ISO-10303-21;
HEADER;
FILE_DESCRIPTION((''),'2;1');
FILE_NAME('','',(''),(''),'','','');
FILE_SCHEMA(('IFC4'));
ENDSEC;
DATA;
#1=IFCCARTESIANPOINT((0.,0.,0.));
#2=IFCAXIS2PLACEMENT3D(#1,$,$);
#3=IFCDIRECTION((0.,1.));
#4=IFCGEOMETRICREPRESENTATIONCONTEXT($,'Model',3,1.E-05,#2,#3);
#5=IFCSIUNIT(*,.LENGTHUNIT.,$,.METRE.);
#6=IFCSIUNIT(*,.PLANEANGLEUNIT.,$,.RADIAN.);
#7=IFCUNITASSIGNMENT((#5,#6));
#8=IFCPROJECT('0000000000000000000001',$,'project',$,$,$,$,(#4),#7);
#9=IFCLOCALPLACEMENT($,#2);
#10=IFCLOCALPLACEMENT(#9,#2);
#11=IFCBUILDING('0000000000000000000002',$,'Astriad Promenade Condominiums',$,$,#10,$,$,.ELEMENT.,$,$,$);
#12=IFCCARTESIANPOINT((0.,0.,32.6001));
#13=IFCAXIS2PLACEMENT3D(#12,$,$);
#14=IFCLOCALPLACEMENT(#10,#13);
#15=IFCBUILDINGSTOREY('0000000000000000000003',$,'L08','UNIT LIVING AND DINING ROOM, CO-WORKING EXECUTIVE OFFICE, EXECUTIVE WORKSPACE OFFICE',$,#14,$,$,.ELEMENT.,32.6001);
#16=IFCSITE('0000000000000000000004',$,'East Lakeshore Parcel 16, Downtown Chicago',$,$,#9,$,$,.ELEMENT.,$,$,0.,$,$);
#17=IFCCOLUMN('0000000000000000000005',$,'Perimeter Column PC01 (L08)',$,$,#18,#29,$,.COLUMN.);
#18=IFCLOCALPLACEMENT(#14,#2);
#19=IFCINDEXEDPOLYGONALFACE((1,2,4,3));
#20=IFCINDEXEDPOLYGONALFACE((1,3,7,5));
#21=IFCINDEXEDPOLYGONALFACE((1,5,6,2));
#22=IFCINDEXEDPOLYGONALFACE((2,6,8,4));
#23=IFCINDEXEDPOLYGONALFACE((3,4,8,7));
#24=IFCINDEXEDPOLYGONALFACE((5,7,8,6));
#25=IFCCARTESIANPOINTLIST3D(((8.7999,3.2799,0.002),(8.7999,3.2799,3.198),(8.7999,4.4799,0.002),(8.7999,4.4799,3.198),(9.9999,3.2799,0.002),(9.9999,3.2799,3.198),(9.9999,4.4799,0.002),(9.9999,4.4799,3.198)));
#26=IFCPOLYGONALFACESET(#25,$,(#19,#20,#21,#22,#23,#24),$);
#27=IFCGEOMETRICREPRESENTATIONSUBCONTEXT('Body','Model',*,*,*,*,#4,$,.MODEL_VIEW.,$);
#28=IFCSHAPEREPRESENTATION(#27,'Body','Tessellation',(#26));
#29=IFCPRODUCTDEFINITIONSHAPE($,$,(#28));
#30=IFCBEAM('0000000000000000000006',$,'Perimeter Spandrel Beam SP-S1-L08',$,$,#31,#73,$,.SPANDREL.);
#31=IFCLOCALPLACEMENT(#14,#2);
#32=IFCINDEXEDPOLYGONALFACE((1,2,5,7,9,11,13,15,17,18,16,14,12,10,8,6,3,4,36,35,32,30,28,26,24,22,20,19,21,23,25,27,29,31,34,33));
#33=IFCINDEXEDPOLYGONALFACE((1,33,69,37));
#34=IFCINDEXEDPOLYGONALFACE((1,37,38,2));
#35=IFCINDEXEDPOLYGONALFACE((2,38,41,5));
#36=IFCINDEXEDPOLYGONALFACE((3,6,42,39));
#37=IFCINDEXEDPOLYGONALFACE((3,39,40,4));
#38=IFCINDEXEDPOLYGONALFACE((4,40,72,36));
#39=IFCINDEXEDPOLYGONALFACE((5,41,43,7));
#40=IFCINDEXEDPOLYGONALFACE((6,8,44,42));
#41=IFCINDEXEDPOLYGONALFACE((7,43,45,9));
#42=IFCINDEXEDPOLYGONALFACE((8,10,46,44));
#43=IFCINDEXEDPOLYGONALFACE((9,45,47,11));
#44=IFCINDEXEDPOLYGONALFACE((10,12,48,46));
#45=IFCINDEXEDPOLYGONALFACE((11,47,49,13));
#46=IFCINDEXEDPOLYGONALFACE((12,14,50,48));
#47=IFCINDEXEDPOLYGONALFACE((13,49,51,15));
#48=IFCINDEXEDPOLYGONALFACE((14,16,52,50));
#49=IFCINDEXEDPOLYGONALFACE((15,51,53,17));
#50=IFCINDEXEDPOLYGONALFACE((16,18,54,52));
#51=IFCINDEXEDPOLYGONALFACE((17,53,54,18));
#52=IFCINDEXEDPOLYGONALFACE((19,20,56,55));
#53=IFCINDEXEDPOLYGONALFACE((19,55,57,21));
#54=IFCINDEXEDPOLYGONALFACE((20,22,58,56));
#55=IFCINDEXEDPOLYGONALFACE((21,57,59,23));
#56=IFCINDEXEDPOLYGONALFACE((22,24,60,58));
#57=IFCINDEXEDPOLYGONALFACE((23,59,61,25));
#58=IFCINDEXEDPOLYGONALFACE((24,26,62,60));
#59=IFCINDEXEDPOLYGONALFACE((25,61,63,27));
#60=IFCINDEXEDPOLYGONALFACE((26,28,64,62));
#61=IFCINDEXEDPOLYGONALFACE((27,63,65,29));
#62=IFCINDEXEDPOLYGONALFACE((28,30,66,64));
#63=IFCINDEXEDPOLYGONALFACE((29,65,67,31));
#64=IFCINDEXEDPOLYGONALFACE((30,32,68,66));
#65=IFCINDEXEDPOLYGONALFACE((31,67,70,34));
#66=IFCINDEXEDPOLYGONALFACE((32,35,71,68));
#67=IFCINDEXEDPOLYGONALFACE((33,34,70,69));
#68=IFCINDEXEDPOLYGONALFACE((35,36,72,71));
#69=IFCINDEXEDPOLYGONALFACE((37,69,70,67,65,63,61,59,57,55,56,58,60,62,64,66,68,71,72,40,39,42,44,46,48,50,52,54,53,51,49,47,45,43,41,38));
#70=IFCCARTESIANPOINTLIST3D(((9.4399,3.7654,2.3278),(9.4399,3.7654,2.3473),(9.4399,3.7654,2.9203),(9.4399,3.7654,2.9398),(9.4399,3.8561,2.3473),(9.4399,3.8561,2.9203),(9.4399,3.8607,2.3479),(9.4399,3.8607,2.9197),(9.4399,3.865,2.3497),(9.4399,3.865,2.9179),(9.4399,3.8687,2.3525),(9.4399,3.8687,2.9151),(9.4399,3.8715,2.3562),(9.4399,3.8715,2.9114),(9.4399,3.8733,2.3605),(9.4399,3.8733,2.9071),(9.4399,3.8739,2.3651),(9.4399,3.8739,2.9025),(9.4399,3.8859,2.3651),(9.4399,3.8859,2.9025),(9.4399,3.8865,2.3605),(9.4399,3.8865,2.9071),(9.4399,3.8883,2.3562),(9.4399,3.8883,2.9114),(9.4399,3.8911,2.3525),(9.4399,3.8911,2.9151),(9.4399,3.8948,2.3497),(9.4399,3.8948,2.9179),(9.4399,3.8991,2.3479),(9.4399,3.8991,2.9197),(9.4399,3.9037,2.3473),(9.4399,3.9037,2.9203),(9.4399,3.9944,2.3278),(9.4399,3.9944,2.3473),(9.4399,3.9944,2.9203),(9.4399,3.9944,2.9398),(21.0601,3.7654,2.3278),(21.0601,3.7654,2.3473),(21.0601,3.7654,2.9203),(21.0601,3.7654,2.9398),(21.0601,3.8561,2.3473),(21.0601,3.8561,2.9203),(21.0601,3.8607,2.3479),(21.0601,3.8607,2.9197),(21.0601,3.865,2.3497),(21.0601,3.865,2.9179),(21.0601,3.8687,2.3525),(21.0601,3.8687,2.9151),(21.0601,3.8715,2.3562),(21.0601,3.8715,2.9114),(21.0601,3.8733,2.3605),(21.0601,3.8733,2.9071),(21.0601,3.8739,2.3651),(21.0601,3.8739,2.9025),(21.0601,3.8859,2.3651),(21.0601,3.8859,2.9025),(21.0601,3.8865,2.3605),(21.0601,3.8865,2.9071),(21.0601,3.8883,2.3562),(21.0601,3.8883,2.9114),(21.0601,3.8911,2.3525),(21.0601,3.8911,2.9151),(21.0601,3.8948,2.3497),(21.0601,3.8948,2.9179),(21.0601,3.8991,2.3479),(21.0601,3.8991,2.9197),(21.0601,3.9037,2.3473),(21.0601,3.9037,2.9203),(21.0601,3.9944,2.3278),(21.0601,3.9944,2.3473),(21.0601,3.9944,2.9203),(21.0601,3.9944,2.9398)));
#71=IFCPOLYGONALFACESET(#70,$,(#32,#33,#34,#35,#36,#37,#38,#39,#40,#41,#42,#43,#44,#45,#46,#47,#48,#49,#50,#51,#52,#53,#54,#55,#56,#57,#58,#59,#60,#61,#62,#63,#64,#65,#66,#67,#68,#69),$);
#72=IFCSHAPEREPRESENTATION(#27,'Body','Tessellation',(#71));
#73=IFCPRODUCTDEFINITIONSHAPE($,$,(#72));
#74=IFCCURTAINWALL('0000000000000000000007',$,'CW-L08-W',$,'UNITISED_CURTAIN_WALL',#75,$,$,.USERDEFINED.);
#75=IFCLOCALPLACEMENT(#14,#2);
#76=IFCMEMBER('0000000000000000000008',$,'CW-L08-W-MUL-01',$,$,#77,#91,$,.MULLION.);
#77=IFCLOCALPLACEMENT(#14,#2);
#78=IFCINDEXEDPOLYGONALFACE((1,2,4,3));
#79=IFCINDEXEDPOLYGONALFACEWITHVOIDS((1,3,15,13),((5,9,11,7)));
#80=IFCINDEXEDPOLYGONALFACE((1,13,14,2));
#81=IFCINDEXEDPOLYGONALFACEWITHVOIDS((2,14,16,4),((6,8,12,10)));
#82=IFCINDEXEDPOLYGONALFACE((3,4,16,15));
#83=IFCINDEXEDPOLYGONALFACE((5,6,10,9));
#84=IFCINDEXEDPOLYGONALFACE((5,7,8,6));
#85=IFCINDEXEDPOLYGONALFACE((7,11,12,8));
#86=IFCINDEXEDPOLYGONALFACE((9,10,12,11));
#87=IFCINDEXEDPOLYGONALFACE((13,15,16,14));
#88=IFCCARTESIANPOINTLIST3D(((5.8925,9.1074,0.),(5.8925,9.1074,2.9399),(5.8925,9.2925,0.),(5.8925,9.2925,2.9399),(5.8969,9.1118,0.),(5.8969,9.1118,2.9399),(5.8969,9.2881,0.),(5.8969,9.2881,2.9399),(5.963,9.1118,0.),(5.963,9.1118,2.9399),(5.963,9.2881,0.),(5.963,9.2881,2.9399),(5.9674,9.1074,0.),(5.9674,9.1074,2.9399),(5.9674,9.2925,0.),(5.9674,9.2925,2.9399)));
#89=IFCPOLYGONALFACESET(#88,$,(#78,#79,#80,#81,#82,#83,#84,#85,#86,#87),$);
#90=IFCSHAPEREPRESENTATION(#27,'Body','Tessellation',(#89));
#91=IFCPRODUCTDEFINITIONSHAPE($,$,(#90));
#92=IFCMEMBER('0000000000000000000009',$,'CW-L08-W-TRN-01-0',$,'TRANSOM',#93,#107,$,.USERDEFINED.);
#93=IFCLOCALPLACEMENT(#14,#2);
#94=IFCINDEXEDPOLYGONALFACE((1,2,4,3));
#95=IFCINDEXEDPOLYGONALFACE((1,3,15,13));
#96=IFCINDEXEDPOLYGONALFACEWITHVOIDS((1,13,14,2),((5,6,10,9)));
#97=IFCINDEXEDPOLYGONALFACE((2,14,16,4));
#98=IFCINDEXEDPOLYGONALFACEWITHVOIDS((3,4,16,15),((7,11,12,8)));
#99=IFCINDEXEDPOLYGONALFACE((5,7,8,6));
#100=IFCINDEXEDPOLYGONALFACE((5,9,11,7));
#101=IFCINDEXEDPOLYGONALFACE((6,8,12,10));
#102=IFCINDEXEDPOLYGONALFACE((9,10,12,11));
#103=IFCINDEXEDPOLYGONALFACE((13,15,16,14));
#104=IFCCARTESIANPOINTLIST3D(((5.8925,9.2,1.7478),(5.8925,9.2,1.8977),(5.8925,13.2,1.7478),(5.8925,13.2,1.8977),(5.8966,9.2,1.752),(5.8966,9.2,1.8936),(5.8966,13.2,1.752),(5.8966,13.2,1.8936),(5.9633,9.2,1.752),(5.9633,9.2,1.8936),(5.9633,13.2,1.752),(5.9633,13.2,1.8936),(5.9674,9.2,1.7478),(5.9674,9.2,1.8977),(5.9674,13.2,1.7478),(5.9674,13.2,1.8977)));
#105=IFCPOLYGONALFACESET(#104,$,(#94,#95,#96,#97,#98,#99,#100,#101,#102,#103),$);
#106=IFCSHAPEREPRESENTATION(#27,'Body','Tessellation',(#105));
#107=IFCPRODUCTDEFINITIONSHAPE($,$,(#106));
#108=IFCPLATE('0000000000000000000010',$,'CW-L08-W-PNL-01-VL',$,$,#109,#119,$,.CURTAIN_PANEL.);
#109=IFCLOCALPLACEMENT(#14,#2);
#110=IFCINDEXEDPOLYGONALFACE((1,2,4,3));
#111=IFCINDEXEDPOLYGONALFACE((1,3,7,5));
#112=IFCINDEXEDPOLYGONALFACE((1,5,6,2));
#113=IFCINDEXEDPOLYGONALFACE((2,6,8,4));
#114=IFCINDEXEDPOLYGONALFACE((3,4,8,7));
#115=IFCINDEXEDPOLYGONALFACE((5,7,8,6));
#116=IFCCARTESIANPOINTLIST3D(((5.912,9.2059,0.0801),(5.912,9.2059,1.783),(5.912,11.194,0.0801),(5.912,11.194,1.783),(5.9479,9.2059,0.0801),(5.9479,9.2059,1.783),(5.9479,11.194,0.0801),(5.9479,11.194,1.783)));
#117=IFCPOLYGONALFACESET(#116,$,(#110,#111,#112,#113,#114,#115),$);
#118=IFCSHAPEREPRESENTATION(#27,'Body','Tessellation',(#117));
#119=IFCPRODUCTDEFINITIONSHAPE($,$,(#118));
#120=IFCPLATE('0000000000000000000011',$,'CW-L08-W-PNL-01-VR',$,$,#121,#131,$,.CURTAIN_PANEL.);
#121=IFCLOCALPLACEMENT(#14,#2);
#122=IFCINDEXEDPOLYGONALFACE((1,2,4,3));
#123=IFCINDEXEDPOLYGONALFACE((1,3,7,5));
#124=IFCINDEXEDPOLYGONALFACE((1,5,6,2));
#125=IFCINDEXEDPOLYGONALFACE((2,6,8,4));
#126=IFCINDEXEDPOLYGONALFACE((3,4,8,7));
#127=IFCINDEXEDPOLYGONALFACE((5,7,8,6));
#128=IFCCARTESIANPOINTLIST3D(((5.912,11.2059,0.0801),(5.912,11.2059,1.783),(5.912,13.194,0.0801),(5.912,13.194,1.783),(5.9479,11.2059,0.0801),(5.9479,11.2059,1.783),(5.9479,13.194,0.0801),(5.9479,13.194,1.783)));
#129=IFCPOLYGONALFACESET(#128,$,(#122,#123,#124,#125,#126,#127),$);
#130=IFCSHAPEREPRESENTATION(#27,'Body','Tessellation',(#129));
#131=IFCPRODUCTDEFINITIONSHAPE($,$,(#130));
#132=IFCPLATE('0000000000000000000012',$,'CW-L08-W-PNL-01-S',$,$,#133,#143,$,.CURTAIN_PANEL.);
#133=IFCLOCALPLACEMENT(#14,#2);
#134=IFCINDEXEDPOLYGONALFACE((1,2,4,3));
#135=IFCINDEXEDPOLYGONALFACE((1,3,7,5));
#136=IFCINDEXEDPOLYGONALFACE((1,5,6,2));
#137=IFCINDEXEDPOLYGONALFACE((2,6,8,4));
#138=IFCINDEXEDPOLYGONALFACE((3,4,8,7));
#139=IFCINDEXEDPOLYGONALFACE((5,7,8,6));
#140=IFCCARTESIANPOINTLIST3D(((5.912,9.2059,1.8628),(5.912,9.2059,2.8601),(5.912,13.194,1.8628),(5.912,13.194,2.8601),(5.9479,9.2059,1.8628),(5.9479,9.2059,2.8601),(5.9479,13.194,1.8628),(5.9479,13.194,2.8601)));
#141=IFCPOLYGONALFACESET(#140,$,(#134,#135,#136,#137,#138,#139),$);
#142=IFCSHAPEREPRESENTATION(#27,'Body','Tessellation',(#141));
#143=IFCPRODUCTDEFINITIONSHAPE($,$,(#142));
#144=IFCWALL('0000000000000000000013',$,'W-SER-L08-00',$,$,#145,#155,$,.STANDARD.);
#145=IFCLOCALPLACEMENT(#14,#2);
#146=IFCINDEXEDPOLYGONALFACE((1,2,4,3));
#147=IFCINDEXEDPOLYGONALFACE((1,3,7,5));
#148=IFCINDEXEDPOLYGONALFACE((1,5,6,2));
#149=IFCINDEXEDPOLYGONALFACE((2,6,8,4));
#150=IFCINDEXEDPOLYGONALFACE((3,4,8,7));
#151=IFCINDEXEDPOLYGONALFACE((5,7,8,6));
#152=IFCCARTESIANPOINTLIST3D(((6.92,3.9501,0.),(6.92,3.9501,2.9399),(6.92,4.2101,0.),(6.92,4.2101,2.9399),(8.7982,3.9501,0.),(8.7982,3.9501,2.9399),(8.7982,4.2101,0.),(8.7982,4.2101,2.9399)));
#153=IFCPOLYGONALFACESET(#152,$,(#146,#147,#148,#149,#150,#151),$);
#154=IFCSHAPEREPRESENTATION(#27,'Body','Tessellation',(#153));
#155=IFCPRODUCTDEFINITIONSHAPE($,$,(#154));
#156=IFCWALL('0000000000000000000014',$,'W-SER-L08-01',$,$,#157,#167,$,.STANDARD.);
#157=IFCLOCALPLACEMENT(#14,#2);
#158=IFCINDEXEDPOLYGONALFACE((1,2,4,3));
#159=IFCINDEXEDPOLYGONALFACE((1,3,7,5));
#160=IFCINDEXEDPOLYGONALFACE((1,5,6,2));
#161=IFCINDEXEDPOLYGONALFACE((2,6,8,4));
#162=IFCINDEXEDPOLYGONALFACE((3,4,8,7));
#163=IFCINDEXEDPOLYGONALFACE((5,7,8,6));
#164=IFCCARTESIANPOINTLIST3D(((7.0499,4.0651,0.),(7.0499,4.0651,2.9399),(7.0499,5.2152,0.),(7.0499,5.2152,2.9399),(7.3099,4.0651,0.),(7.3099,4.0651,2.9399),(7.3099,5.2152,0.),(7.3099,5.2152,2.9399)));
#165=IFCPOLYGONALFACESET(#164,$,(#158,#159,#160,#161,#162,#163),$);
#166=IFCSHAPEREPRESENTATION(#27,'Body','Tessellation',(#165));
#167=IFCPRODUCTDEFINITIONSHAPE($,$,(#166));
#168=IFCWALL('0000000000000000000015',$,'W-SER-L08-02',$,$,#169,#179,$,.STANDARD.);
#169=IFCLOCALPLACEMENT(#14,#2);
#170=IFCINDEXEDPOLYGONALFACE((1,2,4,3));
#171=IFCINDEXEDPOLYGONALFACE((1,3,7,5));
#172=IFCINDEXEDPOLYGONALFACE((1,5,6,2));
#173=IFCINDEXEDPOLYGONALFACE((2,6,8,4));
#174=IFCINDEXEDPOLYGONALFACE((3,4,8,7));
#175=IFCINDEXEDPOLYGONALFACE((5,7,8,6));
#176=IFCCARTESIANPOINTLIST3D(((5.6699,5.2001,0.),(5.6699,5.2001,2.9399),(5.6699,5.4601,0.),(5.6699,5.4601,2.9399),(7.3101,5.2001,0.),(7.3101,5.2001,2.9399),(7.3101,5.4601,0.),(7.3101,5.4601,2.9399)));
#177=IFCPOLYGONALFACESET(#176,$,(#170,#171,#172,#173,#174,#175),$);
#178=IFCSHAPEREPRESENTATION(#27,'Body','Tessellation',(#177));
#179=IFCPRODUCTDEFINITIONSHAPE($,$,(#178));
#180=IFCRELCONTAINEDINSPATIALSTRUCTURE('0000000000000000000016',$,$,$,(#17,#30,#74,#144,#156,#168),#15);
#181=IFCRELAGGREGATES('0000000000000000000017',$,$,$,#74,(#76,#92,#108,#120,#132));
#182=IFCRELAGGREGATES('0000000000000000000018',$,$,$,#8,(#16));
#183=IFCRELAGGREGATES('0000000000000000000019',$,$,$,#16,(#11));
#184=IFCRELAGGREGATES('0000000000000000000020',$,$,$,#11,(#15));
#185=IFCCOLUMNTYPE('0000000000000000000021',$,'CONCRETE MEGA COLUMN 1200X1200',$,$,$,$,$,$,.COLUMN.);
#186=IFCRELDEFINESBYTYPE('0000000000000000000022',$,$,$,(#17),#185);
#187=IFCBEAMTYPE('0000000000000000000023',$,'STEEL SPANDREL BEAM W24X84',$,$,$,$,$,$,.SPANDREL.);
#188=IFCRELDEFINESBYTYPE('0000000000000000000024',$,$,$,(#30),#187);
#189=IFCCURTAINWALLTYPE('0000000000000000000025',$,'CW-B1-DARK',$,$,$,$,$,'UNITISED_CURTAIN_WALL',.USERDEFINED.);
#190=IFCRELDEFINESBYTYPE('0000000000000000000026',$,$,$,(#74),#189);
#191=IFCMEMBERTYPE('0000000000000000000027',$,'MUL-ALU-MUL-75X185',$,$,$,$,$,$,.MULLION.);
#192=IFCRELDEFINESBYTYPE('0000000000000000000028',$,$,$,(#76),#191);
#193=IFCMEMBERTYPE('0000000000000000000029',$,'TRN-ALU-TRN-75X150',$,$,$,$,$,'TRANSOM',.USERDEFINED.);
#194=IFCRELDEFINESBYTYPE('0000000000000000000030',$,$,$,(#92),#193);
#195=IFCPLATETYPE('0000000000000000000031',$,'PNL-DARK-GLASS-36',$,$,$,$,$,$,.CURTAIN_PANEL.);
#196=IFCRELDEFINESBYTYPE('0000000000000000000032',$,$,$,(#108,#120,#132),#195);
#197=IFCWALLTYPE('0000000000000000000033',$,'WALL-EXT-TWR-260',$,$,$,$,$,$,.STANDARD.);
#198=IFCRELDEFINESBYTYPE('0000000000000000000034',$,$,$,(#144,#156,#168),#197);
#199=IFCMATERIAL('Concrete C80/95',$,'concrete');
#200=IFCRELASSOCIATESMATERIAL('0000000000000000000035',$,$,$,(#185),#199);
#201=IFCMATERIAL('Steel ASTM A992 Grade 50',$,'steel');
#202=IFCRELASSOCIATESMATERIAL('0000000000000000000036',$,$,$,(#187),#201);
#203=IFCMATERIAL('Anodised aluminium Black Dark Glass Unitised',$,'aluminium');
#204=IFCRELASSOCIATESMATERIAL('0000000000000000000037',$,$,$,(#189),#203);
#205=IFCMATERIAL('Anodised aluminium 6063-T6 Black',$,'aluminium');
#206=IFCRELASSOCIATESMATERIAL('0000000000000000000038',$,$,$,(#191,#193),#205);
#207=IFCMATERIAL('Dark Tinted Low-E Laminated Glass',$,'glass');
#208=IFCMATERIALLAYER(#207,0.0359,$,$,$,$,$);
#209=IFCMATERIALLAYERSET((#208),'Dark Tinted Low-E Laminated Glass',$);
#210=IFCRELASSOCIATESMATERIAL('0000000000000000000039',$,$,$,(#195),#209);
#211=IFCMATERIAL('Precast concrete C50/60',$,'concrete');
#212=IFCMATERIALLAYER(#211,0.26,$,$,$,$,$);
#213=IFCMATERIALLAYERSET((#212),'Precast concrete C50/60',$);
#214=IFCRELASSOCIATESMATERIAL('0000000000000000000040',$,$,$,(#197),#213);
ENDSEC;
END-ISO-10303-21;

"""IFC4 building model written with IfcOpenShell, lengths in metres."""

from ifc_helpers import new_model, si_unit, direction, frame, frame_2d, origin, origin_2d, place, context, subcontext, project, spatial, rectangle, hollow_rectangle, i_section, extrude, source, transform, mapped, material, layer, layer_set, material_profile, profile_set, type_object, type_shapes, element, aggregate, save


model = new_model("IFC4")

# Units and contexts
model_context = context("Model", 3, precision=1e-05, world=origin(), true_north=direction((0.0, 1.0)))
body_context = subcontext(model_context, "Body", "Model", "MODEL_VIEW")
ifc_project = project(units=[si_unit("LENGTHUNIT", "METRE"), si_unit("PLANEANGLEUNIT", "RADIAN")], contexts=[model_context])

# Site, building, storey
site_placement = place(None, origin())
site = spatial("IfcSite", under=ifc_project, at=site_placement, Name="East Lakeshore Parcel 16, Downtown Chicago", CompositionType="ELEMENT", RefElevation=0.0)
building_placement = place(site_placement, origin())
building = spatial("IfcBuilding", under=site, at=building_placement, Name="Astriad Promenade Condominiums", CompositionType="ELEMENT")
storey_placement = place(building_placement, frame((0.0, 0.0, 32.6001)))
storey = spatial("IfcBuildingStorey", under=building, at=storey_placement, Name="L08", Description="UNIT LIVING AND DINING ROOM, CO-WORKING EXECUTIVE OFFICE, EXECUTIVE WORKSPACE OFFICE", CompositionType="ELEMENT", Elevation=32.6001)

# Column
ifc_material_1 = material(Name="Concrete C80/95", Category="concrete")
ifc_material_profile_1 = material_profile(ifc_material_1, rectangle(XDim=1.2, YDim=1.2, at=origin_2d()), Name="RC-COL-1200X1200")
ifc_profile_set_1 = profile_set([ifc_material_profile_1], Name="Concrete C80/95")
column_type = type_object("IfcColumnType", Name="CONCRETE MEGA COLUMN 1200X1200", PredefinedType="COLUMN", material=ifc_profile_set_1)
shared_shape_1 = source(origin(), body_context, "Body", "SweptSolid", [
    extrude(rectangle(XDim=1.2, YDim=1.2, at=origin_2d()), origin(), (0.0, 0.0, 1.0), 3.196),
])
type_shapes(column_type, [shared_shape_1])
column_placement = place(storey_placement, frame((9.3999, 3.8799, 0.002), z_axis=(0.0, 0.0, 1.0), x_axis=(1.0, 0.0, 0.0)))
element("IfcColumn", 1, at=column_placement, inside=storey, type_object=column_type, Name="Perimeter Column PC01 (L08)", PredefinedType="COLUMN", context=body_context, shape_type="MappedRepresentation", body=[
    mapped(shared_shape_1, transform((0.0, 0.0, 0.0), scale=1.0)),
])

# Beam
ifc_material_2 = material(Name="Steel ASTM A992 Grade 50", Category="steel")
ifc_material_profile_2 = material_profile(ifc_material_2, i_section(OverallWidth=0.229, OverallDepth=0.6121, WebThickness=0.012, FlangeThickness=0.0195, FilletRadius=0.0178, at=origin_2d()), Name="W24X84")
ifc_profile_set_2 = profile_set([ifc_material_profile_2], Name="Steel ASTM A992 Grade 50")
beam_type = type_object("IfcBeamType", Name="STEEL SPANDREL BEAM W24X84", PredefinedType="SPANDREL", material=ifc_profile_set_2)
shared_shape_2 = source(origin(), body_context, "Body", "SweptSolid", [
    extrude(i_section(OverallWidth=0.229, OverallDepth=0.6121, WebThickness=0.012, FlangeThickness=0.0195, FilletRadius=0.0178, at=origin_2d()), origin(), (0.0, 0.0, 1.0), 11.6201),
])
type_shapes(beam_type, [shared_shape_2])
beam_placement = place(storey_placement, frame((9.4399, 3.8799, 2.6338), z_axis=(1.0, 0.0, 0.0), x_axis=(0.0, 1.0, 0.0)))
element("IfcBeam", 2, at=beam_placement, inside=storey, type_object=beam_type, Name="Perimeter Spandrel Beam SP-S1-L08", PredefinedType="SPANDREL", context=body_context, shape_type="MappedRepresentation", body=[
    mapped(shared_shape_2, transform((0.0, 0.0, 0.0), scale=1.0)),
])

# Curtain wall, members, plates
ifc_material_3 = material(Name="Anodised aluminium Black Dark Glass Unitised", Category="aluminium")
curtain_wall_type = type_object("IfcCurtainWallType", Name="CW-B1-DARK", ElementType="UNITISED_CURTAIN_WALL", PredefinedType="USERDEFINED", material=ifc_material_3)
curtain_wall_placement = place(storey_placement, origin())
curtain_wall = element("IfcCurtainWall", 3, at=curtain_wall_placement, inside=storey, type_object=curtain_wall_type, Name="CW-L08-W", ObjectType="UNITISED_CURTAIN_WALL", PredefinedType="USERDEFINED")
ifc_material_4 = material(Name="Anodised aluminium 6063-T6 Black", Category="aluminium")
ifc_material_profile_3 = material_profile(ifc_material_4, hollow_rectangle(XDim=0.075, YDim=0.1851, WallThickness=0.0044, at=origin_2d()), Name="ALU-MUL-75X185")
ifc_profile_set_3 = profile_set([ifc_material_profile_3], Name="Anodised aluminium 6063-T6 Black")
member_type_1 = type_object("IfcMemberType", Name="MUL-ALU-MUL-75X185", PredefinedType="MULLION", material=ifc_profile_set_3)
shared_shape_3 = source(origin(), body_context, "Body", "SweptSolid", [
    extrude(hollow_rectangle(XDim=0.075, YDim=0.1851, WallThickness=0.0044, at=origin_2d()), origin(), (0.0, 0.0, 1.0), 2.9399),
])
type_shapes(member_type_1, [shared_shape_3])
member_1_placement = place(storey_placement, frame((5.9299, 9.2, 0.0), z_axis=(0.0, 0.0, 1.0), x_axis=(1.0, 0.0, 0.0)))
member_1 = element("IfcMember", 4, at=member_1_placement, type_object=member_type_1, Name="CW-L08-W-MUL-01", PredefinedType="MULLION", context=body_context, shape_type="MappedRepresentation", body=[
    mapped(shared_shape_3, transform((0.0, 0.0, 0.0), scale=1.0)),
])
ifc_material_profile_4 = material_profile(ifc_material_4, hollow_rectangle(XDim=0.075, YDim=0.1499, WallThickness=0.0042, at=origin_2d()), Name="ALU-TRN-75X150")
ifc_profile_set_4 = profile_set([ifc_material_profile_4], Name="Anodised aluminium 6063-T6 Black")
member_type_2 = type_object("IfcMemberType", Name="TRN-ALU-TRN-75X150", ElementType="TRANSOM", PredefinedType="USERDEFINED", material=ifc_profile_set_4)
shared_shape_4 = source(origin(), body_context, "Body", "SweptSolid", [
    extrude(hollow_rectangle(XDim=0.075, YDim=0.1499, WallThickness=0.0042, at=origin_2d()), origin(), (0.0, 0.0, 1.0), 4.0),
])
type_shapes(member_type_2, [shared_shape_4])
member_2_placement = place(storey_placement, frame((5.9299, 9.2, 1.8228), z_axis=(0.0, 1.0, 0.0), x_axis=(-1.0, 0.0, 0.0)))
member_2 = element("IfcMember", 5, at=member_2_placement, type_object=member_type_2, Name="CW-L08-W-TRN-01-0", ObjectType="TRANSOM", PredefinedType="USERDEFINED", context=body_context, shape_type="MappedRepresentation", body=[
    mapped(shared_shape_4, transform((0.0, 0.0, 0.0), scale=1.0)),
])
ifc_material_5 = material(Name="Dark Tinted Low-E Laminated Glass", Category="glass")
ifc_layer_1 = layer(ifc_material_5, 0.0359)
ifc_layer_set_1 = layer_set([ifc_layer_1], Name="Dark Tinted Low-E Laminated Glass")
plate_type = type_object("IfcPlateType", Name="PNL-DARK-GLASS-36", PredefinedType="CURTAIN_PANEL", material=ifc_layer_set_1)
shared_shape_5 = source(origin(), body_context, "Body", "SweptSolid", [
    extrude(rectangle(XDim=1.988, YDim=0.0359, at=origin_2d()), origin(), (0.0, 0.0, 1.0), 1.7029),
])
plate_1_placement = place(storey_placement, frame((5.9299, 10.2, 0.0801), z_axis=(0.0, 0.0, 1.0), x_axis=(0.0, 1.0, 0.0)))
plate_1 = element("IfcPlate", 6, at=plate_1_placement, type_object=plate_type, Name="CW-L08-W-PNL-01-VL", PredefinedType="CURTAIN_PANEL", context=body_context, shape_type="MappedRepresentation", body=[
    mapped(shared_shape_5, transform((0.0, 0.0, 0.0), scale=1.0)),
])
plate_2_placement = place(storey_placement, frame((5.9299, 12.2, 0.0801), z_axis=(0.0, 0.0, 1.0), x_axis=(0.0, 1.0, 0.0)))
plate_2 = element("IfcPlate", 7, at=plate_2_placement, type_object=plate_type, Name="CW-L08-W-PNL-01-VR", PredefinedType="CURTAIN_PANEL", context=body_context, shape_type="MappedRepresentation", body=[
    mapped(shared_shape_5, transform((0.0, 0.0, 0.0), scale=1.0)),
])
shared_shape_6 = source(origin(), body_context, "Body", "SweptSolid", [
    extrude(rectangle(XDim=3.988, YDim=0.0359, at=origin_2d()), origin(), (0.0, 0.0, 1.0), 0.9973),
])
type_shapes(plate_type, [shared_shape_5, shared_shape_6])
plate_3_placement = place(storey_placement, frame((5.9299, 11.2, 1.8628), z_axis=(0.0, 0.0, 1.0), x_axis=(0.0, 1.0, 0.0)))
plate_3 = element("IfcPlate", 8, at=plate_3_placement, type_object=plate_type, Name="CW-L08-W-PNL-01-S", PredefinedType="CURTAIN_PANEL", context=body_context, shape_type="MappedRepresentation", body=[
    mapped(shared_shape_6, transform((0.0, 0.0, 0.0), scale=1.0)),
])
aggregate(curtain_wall, [member_1, member_2, plate_1, plate_2, plate_3])

# Walls
ifc_material_6 = material(Name="Precast concrete C50/60", Category="concrete")
ifc_layer_2 = layer(ifc_material_6, 0.26)
ifc_layer_set_2 = layer_set([ifc_layer_2], Name="Precast concrete C50/60")
wall_type_1 = type_object("IfcWallType", Name="WALL-EXT-TWR-260", PredefinedType="STANDARD", material=ifc_layer_set_2)
wall_1_placement = place(storey_placement, frame((8.7981, 4.0801, 0.0), z_axis=(0.0, 0.0, 1.0), x_axis=(-1.0, 0.0, 0.0)))
element("IfcWall", 9, at=wall_1_placement, inside=storey, type_object=wall_type_1, Name="W-SER-L08-00", PredefinedType="STANDARD", context=body_context, shape_type="SweptSolid", body=[
    extrude(rectangle(XDim=1.8782, YDim=0.26, at=frame_2d((0.939, 0.0))), origin(), (0.0, 0.0, 1.0), 2.9399),
])
wall_2_placement = place(storey_placement, frame((7.1799, 4.0649, 0.0), z_axis=(0.0, 0.0, 1.0), x_axis=(0.0, 1.0, 0.0)))
element("IfcWall", 10, at=wall_2_placement, inside=storey, type_object=wall_type_1, Name="W-SER-L08-01", PredefinedType="STANDARD", context=body_context, shape_type="SweptSolid", body=[
    extrude(rectangle(XDim=1.1501, YDim=0.26, at=frame_2d((0.5752, 0.0))), origin(), (0.0, 0.0, 1.0), 2.9399),
])
wall_3_placement = place(storey_placement, frame((7.3101, 5.3301, 0.0), z_axis=(0.0, 0.0, 1.0), x_axis=(-1.0, 0.0, 0.0)))
element("IfcWall", 11, at=wall_3_placement, inside=storey, type_object=wall_type_1, Name="W-SER-L08-02", PredefinedType="STANDARD", context=body_context, shape_type="SweptSolid", body=[
    extrude(rectangle(XDim=1.6401, YDim=0.26, at=frame_2d((0.8201, 0.0))), origin(), (0.0, 0.0, 1.0), 2.9399),
])

save(model, "model.ifc")
